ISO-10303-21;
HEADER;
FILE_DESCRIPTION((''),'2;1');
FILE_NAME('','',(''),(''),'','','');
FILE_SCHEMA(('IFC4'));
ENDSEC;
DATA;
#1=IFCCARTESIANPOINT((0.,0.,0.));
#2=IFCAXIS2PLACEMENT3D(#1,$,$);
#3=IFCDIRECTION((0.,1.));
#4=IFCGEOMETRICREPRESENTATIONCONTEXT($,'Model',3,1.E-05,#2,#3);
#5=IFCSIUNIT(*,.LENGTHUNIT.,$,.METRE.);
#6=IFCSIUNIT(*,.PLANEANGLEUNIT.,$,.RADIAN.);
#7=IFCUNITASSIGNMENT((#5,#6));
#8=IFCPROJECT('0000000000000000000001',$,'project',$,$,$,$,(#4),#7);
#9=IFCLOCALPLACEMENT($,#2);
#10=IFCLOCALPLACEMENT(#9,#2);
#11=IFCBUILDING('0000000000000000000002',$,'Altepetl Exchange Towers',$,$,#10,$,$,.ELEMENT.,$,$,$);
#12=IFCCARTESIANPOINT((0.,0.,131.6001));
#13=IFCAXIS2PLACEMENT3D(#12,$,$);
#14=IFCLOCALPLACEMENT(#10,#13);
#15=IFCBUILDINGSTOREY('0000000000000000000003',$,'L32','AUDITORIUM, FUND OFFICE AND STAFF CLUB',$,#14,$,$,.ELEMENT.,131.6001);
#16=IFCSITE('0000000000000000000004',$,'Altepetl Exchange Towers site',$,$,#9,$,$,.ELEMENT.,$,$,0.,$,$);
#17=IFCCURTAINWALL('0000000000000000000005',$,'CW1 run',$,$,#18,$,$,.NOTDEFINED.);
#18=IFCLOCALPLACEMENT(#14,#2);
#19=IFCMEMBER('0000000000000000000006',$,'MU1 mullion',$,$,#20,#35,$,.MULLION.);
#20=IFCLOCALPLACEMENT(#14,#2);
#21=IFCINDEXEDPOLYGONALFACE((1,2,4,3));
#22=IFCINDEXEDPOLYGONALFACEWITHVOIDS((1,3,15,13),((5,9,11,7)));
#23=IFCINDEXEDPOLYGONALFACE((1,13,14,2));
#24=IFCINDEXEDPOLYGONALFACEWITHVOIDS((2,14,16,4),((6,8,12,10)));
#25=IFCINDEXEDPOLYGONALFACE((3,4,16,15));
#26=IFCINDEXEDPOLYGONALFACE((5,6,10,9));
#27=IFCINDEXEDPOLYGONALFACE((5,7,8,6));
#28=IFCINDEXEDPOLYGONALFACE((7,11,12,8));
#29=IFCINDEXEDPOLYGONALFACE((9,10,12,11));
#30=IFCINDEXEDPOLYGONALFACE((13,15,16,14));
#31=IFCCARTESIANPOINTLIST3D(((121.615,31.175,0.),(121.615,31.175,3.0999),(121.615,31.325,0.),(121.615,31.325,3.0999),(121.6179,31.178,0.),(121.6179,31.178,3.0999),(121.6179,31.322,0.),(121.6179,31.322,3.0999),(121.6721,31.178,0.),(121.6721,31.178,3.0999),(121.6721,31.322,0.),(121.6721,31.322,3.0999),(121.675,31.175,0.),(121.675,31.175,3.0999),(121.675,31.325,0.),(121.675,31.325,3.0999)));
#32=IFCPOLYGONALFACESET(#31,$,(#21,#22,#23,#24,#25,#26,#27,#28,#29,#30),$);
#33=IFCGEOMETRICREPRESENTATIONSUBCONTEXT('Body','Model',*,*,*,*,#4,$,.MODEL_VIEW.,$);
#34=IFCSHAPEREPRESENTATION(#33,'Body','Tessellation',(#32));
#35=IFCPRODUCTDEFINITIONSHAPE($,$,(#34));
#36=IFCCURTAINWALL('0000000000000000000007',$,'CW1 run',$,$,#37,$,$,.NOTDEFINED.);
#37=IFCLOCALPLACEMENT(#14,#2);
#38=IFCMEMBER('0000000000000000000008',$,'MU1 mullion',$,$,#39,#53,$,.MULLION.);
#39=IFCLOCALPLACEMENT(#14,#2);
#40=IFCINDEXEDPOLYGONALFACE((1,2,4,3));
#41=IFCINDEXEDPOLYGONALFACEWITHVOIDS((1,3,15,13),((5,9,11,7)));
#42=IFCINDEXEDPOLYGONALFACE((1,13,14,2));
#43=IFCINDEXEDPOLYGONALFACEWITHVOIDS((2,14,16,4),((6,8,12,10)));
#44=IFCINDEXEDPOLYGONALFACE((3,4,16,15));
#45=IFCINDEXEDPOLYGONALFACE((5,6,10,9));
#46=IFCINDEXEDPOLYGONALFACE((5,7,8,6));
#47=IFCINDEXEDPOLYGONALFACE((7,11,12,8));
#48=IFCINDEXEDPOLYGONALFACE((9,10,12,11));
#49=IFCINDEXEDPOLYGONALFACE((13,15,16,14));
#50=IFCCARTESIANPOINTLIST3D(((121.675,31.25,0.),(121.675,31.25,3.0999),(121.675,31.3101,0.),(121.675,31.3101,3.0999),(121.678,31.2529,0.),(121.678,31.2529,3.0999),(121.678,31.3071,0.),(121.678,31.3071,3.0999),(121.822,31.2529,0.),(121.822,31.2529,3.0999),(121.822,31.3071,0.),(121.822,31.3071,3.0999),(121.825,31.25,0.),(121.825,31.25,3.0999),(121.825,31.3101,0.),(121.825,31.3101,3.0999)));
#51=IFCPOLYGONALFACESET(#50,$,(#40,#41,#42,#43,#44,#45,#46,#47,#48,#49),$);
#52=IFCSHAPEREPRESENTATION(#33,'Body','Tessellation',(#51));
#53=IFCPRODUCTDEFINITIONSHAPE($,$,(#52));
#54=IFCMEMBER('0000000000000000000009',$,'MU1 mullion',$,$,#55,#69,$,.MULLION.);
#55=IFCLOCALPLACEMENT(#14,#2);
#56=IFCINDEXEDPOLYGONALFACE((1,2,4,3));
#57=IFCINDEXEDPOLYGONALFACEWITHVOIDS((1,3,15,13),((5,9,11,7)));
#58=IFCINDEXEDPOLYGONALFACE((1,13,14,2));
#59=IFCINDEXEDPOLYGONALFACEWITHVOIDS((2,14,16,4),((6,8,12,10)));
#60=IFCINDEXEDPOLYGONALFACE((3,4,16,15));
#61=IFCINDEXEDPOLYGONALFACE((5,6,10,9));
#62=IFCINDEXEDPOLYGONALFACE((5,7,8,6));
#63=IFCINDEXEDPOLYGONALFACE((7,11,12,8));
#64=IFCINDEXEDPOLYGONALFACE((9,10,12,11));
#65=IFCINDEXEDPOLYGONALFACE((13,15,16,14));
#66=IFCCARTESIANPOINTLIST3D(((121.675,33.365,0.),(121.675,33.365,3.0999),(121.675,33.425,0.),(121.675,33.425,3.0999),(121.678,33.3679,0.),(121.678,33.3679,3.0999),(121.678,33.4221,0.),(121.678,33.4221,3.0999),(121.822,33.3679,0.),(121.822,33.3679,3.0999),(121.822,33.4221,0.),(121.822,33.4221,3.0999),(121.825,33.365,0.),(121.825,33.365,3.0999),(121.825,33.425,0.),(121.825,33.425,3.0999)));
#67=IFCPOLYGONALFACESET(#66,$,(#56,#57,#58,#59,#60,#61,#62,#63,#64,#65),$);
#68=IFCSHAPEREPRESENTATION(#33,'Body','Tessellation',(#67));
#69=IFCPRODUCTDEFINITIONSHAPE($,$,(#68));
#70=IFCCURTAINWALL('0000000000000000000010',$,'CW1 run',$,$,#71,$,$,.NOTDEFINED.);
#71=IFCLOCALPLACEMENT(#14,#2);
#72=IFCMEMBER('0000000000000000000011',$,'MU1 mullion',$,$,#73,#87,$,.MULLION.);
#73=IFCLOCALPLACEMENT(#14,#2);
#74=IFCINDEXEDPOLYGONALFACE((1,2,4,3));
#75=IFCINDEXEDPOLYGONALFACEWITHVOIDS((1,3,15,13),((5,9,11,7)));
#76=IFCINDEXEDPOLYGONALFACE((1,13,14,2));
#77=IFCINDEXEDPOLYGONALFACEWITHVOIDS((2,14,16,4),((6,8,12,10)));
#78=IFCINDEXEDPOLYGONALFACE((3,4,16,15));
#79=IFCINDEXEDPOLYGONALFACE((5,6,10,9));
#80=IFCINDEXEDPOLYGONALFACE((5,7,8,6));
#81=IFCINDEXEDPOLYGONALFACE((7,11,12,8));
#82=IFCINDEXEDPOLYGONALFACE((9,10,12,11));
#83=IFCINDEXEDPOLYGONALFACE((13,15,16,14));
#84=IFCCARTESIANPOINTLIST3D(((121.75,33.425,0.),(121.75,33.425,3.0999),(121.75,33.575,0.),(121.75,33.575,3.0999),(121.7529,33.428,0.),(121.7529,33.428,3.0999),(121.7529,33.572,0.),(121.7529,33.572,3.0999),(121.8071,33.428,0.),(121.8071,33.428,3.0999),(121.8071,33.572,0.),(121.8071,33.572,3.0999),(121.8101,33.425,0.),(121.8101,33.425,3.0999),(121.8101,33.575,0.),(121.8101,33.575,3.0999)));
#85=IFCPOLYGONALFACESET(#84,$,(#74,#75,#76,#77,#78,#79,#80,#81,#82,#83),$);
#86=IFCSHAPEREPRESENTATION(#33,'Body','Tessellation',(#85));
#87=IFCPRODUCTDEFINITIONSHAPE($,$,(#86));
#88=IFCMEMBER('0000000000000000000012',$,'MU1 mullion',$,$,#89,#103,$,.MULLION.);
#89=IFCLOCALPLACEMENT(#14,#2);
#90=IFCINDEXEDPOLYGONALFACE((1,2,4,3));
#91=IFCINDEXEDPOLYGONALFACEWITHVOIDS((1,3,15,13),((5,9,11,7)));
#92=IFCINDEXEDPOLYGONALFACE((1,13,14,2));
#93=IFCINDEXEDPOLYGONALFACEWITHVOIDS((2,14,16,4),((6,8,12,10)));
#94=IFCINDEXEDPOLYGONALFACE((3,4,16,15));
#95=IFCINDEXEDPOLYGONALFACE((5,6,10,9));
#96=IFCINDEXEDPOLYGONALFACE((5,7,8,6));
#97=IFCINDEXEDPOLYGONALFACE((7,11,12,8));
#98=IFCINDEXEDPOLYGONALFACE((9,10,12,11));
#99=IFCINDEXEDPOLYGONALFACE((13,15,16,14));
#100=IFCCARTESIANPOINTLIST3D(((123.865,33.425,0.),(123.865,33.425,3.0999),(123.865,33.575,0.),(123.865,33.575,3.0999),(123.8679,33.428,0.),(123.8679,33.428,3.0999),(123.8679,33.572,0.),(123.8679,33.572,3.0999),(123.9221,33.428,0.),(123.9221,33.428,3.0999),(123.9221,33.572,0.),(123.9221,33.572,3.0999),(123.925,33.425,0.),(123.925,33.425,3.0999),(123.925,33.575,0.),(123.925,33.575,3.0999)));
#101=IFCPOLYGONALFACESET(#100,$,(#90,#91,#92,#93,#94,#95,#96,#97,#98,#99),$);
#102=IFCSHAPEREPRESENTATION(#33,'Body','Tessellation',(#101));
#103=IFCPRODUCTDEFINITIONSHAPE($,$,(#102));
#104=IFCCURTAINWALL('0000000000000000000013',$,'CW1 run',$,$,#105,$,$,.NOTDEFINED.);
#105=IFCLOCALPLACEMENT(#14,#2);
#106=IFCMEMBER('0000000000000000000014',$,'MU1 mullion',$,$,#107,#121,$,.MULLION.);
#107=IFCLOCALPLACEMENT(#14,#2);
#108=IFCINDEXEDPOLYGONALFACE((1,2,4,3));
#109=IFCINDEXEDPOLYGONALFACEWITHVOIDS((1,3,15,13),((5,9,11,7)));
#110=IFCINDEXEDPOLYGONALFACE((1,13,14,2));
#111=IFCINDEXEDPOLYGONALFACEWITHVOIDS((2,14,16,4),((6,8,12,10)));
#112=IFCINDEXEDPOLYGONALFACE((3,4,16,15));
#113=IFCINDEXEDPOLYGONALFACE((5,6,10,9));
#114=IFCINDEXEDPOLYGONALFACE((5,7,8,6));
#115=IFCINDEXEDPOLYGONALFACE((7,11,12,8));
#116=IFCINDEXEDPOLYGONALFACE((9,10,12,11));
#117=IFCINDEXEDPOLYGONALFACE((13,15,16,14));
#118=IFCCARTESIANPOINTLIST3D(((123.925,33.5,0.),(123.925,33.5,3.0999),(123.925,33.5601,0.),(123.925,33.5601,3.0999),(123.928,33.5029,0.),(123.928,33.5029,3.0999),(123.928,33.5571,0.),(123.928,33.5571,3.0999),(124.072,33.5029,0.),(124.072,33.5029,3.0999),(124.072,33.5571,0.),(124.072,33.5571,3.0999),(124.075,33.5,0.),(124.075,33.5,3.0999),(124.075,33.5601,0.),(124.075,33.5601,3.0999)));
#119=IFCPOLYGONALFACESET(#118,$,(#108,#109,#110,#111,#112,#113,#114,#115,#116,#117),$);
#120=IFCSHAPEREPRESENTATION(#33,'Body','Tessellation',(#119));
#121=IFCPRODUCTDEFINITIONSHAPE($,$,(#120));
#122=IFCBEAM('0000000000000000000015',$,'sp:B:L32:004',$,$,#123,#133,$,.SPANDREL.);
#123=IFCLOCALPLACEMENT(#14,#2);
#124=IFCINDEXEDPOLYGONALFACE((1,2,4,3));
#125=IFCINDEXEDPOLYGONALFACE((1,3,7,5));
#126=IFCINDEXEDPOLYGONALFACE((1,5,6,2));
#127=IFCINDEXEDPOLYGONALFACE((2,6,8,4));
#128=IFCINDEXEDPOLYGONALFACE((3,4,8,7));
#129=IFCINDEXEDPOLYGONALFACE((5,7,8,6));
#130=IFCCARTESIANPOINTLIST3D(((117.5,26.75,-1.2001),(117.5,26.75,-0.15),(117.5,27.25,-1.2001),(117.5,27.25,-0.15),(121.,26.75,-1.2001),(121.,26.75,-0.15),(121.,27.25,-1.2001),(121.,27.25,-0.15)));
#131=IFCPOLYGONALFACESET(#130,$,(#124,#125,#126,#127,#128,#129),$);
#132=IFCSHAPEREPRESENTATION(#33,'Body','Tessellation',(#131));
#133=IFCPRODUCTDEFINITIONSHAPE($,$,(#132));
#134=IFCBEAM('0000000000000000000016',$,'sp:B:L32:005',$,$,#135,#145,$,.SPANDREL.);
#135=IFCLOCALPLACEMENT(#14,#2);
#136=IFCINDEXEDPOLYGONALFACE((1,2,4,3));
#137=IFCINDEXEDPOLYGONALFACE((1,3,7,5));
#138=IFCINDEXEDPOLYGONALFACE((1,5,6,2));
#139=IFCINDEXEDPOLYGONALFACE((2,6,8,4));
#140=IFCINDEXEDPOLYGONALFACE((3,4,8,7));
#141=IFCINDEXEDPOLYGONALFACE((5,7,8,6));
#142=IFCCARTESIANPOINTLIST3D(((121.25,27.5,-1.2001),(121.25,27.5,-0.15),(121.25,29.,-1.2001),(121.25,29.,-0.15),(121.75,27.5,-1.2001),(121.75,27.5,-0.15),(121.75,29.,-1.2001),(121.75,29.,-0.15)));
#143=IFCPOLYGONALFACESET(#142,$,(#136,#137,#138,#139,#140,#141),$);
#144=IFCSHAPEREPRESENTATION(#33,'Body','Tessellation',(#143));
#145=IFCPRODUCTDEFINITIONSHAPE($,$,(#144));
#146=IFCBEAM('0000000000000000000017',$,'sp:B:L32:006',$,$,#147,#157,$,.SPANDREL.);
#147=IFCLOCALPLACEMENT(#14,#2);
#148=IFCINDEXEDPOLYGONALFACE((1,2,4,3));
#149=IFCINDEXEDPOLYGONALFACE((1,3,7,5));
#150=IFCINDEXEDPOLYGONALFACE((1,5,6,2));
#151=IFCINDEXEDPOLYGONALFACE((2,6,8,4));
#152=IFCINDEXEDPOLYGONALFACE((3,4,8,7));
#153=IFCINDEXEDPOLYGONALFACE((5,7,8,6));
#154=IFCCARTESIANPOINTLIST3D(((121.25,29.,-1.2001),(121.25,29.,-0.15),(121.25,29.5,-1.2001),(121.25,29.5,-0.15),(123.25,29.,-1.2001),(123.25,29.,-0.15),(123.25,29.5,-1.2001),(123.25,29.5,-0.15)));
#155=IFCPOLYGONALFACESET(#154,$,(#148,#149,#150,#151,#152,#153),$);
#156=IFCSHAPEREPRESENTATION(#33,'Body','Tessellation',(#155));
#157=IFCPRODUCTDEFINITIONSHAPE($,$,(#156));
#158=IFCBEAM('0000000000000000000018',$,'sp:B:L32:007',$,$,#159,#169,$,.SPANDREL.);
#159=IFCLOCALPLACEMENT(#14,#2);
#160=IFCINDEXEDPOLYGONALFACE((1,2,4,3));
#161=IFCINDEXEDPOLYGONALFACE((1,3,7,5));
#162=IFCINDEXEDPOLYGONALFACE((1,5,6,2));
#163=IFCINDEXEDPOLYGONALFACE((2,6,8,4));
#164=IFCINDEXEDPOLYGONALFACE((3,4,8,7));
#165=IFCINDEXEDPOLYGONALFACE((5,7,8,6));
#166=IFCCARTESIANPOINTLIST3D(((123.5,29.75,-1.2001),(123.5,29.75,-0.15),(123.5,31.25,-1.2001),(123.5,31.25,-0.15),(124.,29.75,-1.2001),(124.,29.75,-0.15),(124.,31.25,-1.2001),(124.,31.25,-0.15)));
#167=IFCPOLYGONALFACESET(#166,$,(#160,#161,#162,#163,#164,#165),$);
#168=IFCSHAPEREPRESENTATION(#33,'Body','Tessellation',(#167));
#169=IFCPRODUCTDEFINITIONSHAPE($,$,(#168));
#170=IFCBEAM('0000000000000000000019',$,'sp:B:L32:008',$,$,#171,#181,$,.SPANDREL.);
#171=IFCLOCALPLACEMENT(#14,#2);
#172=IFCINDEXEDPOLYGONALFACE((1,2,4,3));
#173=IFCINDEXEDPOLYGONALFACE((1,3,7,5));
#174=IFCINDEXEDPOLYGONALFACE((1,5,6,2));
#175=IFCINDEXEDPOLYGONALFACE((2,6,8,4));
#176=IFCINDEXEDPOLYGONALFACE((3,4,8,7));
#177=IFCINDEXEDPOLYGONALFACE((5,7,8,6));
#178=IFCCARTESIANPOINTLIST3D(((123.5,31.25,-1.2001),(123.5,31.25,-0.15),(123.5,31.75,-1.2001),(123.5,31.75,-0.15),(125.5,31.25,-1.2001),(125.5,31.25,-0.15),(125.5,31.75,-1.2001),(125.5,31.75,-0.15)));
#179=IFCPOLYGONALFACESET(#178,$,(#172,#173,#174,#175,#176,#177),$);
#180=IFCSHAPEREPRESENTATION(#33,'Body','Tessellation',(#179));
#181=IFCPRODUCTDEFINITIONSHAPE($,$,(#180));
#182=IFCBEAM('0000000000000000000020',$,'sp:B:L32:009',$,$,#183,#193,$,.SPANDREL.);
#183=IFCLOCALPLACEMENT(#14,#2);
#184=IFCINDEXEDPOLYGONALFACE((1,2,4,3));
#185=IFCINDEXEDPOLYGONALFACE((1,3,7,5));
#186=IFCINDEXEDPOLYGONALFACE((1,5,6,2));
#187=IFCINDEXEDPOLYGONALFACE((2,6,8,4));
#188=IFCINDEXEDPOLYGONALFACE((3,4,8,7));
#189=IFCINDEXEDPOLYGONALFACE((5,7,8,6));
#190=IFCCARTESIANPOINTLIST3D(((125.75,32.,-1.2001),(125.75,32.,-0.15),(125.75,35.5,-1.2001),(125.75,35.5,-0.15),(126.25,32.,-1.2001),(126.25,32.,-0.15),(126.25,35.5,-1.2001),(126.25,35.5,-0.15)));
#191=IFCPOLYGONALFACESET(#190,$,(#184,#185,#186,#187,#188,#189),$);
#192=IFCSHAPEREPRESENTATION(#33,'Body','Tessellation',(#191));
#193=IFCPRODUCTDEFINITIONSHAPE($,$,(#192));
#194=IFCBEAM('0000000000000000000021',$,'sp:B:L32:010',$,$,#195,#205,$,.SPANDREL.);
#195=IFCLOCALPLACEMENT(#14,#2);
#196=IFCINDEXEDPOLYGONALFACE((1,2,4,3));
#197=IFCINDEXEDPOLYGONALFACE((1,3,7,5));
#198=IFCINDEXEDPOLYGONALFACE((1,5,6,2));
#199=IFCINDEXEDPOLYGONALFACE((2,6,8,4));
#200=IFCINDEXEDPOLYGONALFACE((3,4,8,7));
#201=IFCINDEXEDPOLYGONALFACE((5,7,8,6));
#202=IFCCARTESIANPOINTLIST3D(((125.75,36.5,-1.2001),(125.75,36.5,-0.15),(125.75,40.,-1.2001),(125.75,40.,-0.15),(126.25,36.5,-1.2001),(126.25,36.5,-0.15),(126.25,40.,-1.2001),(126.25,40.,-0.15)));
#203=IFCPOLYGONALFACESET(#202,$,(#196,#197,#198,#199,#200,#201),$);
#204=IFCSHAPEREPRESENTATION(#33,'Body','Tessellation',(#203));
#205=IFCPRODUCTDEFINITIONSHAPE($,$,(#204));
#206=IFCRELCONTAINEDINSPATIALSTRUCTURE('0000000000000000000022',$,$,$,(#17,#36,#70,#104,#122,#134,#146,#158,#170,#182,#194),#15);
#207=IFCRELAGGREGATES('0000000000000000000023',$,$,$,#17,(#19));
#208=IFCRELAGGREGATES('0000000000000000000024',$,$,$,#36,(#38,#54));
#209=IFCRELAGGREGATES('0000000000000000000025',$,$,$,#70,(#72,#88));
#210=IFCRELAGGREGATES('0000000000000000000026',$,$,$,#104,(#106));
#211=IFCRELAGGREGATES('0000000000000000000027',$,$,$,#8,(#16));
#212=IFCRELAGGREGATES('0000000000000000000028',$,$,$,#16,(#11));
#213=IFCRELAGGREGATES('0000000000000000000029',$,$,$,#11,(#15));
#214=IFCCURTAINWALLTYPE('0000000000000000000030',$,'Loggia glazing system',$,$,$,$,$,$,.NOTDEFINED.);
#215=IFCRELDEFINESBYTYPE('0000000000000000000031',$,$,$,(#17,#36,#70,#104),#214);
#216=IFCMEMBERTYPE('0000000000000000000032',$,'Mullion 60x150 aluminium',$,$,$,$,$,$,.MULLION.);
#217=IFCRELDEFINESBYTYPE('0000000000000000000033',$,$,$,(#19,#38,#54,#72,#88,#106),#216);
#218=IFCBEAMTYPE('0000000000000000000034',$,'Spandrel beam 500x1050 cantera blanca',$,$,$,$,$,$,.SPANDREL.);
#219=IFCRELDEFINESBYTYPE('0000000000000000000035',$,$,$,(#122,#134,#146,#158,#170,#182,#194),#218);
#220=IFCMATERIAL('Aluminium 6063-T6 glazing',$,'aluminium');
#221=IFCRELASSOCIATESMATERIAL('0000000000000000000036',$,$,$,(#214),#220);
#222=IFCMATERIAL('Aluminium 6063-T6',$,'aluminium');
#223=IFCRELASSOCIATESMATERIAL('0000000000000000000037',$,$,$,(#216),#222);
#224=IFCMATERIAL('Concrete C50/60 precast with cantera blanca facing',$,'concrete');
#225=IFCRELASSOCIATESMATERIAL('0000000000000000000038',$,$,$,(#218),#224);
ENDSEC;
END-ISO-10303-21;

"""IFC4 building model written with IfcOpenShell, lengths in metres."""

from ifc_helpers import new_model, si_unit, direction, frame, origin, origin_2d, place, context, subcontext, project, spatial, rectangle, hollow_rectangle, extrude, material, material_profile, profile_set, type_object, element, aggregate, save


model = new_model("IFC4")

# Units and contexts
model_context = context("Model", 3, precision=1e-05, world=origin(), true_north=direction((0.0, 1.0)))
body_context = subcontext(model_context, "Body", "Model", "MODEL_VIEW")
ifc_project = project(units=[si_unit("LENGTHUNIT", "METRE"), si_unit("PLANEANGLEUNIT", "RADIAN")], contexts=[model_context])

# Site, building, storey
site_placement = place(None, origin())
site = spatial("IfcSite", under=ifc_project, at=site_placement, Name="Altepetl Exchange Towers site", CompositionType="ELEMENT", RefElevation=0.0)
building_placement = place(site_placement, origin())
building = spatial("IfcBuilding", under=site, at=building_placement, Name="Altepetl Exchange Towers", CompositionType="ELEMENT")
storey_placement = place(building_placement, frame((0.0, 0.0, 131.6001)))
storey = spatial("IfcBuildingStorey", under=building, at=storey_placement, Name="L32", Description="AUDITORIUM, FUND OFFICE AND STAFF CLUB", CompositionType="ELEMENT", Elevation=131.6001)

# Shared definitions
ifc_material_1 = material(Name="Aluminium 6063-T6 glazing", Category="aluminium")
curtain_wall_type = type_object("IfcCurtainWallType", Name="Loggia glazing system", PredefinedType="NOTDEFINED", material=ifc_material_1)
ifc_material_2 = material(Name="Aluminium 6063-T6", Category="aluminium")
ifc_material_profile_1 = material_profile(ifc_material_2, hollow_rectangle(XDim=0.0601, YDim=0.1499, WallThickness=0.0029, at=origin_2d()), Name="Mullion 60x150 aluminium")
ifc_profile_set_1 = profile_set([ifc_material_profile_1], Name="Aluminium 6063-T6")
member_type = type_object("IfcMemberType", Name="Mullion 60x150 aluminium", PredefinedType="MULLION", material=ifc_profile_set_1)

# Curtain walls, members
curtain_wall_1_placement = place(storey_placement, origin())
curtain_wall_1 = element("IfcCurtainWall", 1, at=curtain_wall_1_placement, inside=storey, type_object=curtain_wall_type, Name="CW1 run", PredefinedType="NOTDEFINED")
member_1_placement = place(storey_placement, frame((121.645, 31.25, 0.0)))
member_1 = element("IfcMember", 2, at=member_1_placement, type_object=member_type, Name="MU1 mullion", PredefinedType="MULLION", context=body_context, shape_type="SweptSolid", body=[
    extrude(hollow_rectangle(XDim=0.0601, YDim=0.1499, WallThickness=0.0029, at=origin_2d()), origin(), (0.0, 0.0, 1.0), 3.0999),
])
curtain_wall_2_placement = place(storey_placement, origin())
curtain_wall_2 = element("IfcCurtainWall", 3, at=curtain_wall_2_placement, inside=storey, type_object=curtain_wall_type, Name="CW1 run", PredefinedType="NOTDEFINED")
member_2_placement = place(storey_placement, frame((121.75, 31.28, 0.0), z_axis=(0.0, 0.0, 1.0), x_axis=(0.0, 1.0, 0.0)))
member_2 = element("IfcMember", 4, at=member_2_placement, type_object=member_type, Name="MU1 mullion", PredefinedType="MULLION", context=body_context, shape_type="SweptSolid", body=[
    extrude(hollow_rectangle(XDim=0.0601, YDim=0.1499, WallThickness=0.0029, at=origin_2d()), origin(), (0.0, 0.0, 1.0), 3.0999),
])
member_3_placement = place(storey_placement, frame((121.75, 33.395, 0.0), z_axis=(0.0, 0.0, 1.0), x_axis=(0.0, 1.0, 0.0)))
member_3 = element("IfcMember", 5, at=member_3_placement, type_object=member_type, Name="MU1 mullion", PredefinedType="MULLION", context=body_context, shape_type="SweptSolid", body=[
    extrude(hollow_rectangle(XDim=0.0601, YDim=0.1499, WallThickness=0.0029, at=origin_2d()), origin(), (0.0, 0.0, 1.0), 3.0999),
])
curtain_wall_3_placement = place(storey_placement, origin())
curtain_wall_3 = element("IfcCurtainWall", 6, at=curtain_wall_3_placement, inside=storey, type_object=curtain_wall_type, Name="CW1 run", PredefinedType="NOTDEFINED")
member_4_placement = place(storey_placement, frame((121.78, 33.5, 0.0)))
member_4 = element("IfcMember", 7, at=member_4_placement, type_object=member_type, Name="MU1 mullion", PredefinedType="MULLION", context=body_context, shape_type="SweptSolid", body=[
    extrude(hollow_rectangle(XDim=0.0601, YDim=0.1499, WallThickness=0.0029, at=origin_2d()), origin(), (0.0, 0.0, 1.0), 3.0999),
])
member_5_placement = place(storey_placement, frame((123.895, 33.5, 0.0)))
member_5 = element("IfcMember", 8, at=member_5_placement, type_object=member_type, Name="MU1 mullion", PredefinedType="MULLION", context=body_context, shape_type="SweptSolid", body=[
    extrude(hollow_rectangle(XDim=0.0601, YDim=0.1499, WallThickness=0.0029, at=origin_2d()), origin(), (0.0, 0.0, 1.0), 3.0999),
])

# Curtain wall, member
curtain_wall_4_placement = place(storey_placement, origin())
curtain_wall_4 = element("IfcCurtainWall", 9, at=curtain_wall_4_placement, inside=storey, type_object=curtain_wall_type, Name="CW1 run", PredefinedType="NOTDEFINED")
member_6_placement = place(storey_placement, frame((124.0, 33.53, 0.0), z_axis=(0.0, 0.0, 1.0), x_axis=(0.0, 1.0, 0.0)))
member_6 = element("IfcMember", 10, at=member_6_placement, type_object=member_type, Name="MU1 mullion", PredefinedType="MULLION", context=body_context, shape_type="SweptSolid", body=[
    extrude(hollow_rectangle(XDim=0.0601, YDim=0.1499, WallThickness=0.0029, at=origin_2d()), origin(), (0.0, 0.0, 1.0), 3.0999),
])

# Beams
ifc_material_3 = material(Name="Concrete C50/60 precast with cantera blanca facing", Category="concrete")
ifc_material_profile_2 = material_profile(ifc_material_3, rectangle(XDim=0.5, YDim=1.05, at=origin_2d()), Name="500 x 1050")
ifc_profile_set_2 = profile_set([ifc_material_profile_2], Name="Concrete C50/60 precast with cantera blanca facing")
beam_type_1 = type_object("IfcBeamType", Name="Spandrel beam 500x1050 cantera blanca", PredefinedType="SPANDREL", material=ifc_profile_set_2)
beam_1_placement = place(storey_placement, frame((117.5, 27.0, -0.675), z_axis=(1.0, 0.0, 0.0), x_axis=(0.0, 1.0, 0.0)))
element("IfcBeam", 11, at=beam_1_placement, inside=storey, type_object=beam_type_1, Name="sp:B:L32:004", PredefinedType="SPANDREL", context=body_context, shape_type="SweptSolid", body=[
    extrude(rectangle(XDim=0.5, YDim=1.05, at=origin_2d()), origin(), (0.0, 0.0, 1.0), 3.5),
])
beam_2_placement = place(storey_placement, frame((121.5, 27.5, -0.675), z_axis=(0.0, 1.0, 0.0), x_axis=(-1.0, 0.0, 0.0)))
element("IfcBeam", 12, at=beam_2_placement, inside=storey, type_object=beam_type_1, Name="sp:B:L32:005", PredefinedType="SPANDREL", context=body_context, shape_type="SweptSolid", body=[
    extrude(rectangle(XDim=0.5, YDim=1.05, at=origin_2d()), origin(), (0.0, 0.0, 1.0), 1.5),
])
beam_3_placement = place(storey_placement, frame((121.25, 29.25, -0.675), z_axis=(1.0, 0.0, 0.0), x_axis=(0.0, 1.0, 0.0)))
element("IfcBeam", 13, at=beam_3_placement, inside=storey, type_object=beam_type_1, Name="sp:B:L32:006", PredefinedType="SPANDREL", context=body_context, shape_type="SweptSolid", body=[
    extrude(rectangle(XDim=0.5, YDim=1.05, at=origin_2d()), origin(), (0.0, 0.0, 1.0), 2.0),
])
beam_4_placement = place(storey_placement, frame((123.75, 29.75, -0.675), z_axis=(0.0, 1.0, 0.0), x_axis=(-1.0, 0.0, 0.0)))
element("IfcBeam", 14, at=beam_4_placement, inside=storey, type_object=beam_type_1, Name="sp:B:L32:007", PredefinedType="SPANDREL", context=body_context, shape_type="SweptSolid", body=[
    extrude(rectangle(XDim=0.5, YDim=1.05, at=origin_2d()), origin(), (0.0, 0.0, 1.0), 1.5),
])
beam_5_placement = place(storey_placement, frame((123.5, 31.5, -0.675), z_axis=(1.0, 0.0, 0.0), x_axis=(0.0, 1.0, 0.0)))
element("IfcBeam", 15, at=beam_5_placement, inside=storey, type_object=beam_type_1, Name="sp:B:L32:008", PredefinedType="SPANDREL", context=body_context, shape_type="SweptSolid", body=[
    extrude(rectangle(XDim=0.5, YDim=1.05, at=origin_2d()), origin(), (0.0, 0.0, 1.0), 2.0),
])
for number, where, z_axis, x_axis, name in (
    (16, (126.0, 32.0, -0.675), (0.0, 1.0, 0.0), (-1.0, 0.0, 0.0), "sp:B:L32:009"),
    (17, (126.0, 36.5, -0.675), (0.0, 1.0, 0.0), (-1.0, 0.0, 0.0), "sp:B:L32:010"),
):
    element("IfcBeam", number, at=place(storey_placement, frame(where, z_axis=z_axis, x_axis=x_axis)), inside=storey, type_object=beam_type_1, Name=name, PredefinedType="SPANDREL", context=body_context, shape_type="SweptSolid", body=[
        extrude(rectangle(XDim=0.5, YDim=1.05, at=origin_2d()), origin(), (0.0, 0.0, 1.0), 3.5),
    ])

aggregate(curtain_wall_1, [member_1])
aggregate(curtain_wall_2, [member_2, member_3])
aggregate(curtain_wall_3, [member_4, member_5])
aggregate(curtain_wall_4, [member_6])

save(model, "model.ifc")
